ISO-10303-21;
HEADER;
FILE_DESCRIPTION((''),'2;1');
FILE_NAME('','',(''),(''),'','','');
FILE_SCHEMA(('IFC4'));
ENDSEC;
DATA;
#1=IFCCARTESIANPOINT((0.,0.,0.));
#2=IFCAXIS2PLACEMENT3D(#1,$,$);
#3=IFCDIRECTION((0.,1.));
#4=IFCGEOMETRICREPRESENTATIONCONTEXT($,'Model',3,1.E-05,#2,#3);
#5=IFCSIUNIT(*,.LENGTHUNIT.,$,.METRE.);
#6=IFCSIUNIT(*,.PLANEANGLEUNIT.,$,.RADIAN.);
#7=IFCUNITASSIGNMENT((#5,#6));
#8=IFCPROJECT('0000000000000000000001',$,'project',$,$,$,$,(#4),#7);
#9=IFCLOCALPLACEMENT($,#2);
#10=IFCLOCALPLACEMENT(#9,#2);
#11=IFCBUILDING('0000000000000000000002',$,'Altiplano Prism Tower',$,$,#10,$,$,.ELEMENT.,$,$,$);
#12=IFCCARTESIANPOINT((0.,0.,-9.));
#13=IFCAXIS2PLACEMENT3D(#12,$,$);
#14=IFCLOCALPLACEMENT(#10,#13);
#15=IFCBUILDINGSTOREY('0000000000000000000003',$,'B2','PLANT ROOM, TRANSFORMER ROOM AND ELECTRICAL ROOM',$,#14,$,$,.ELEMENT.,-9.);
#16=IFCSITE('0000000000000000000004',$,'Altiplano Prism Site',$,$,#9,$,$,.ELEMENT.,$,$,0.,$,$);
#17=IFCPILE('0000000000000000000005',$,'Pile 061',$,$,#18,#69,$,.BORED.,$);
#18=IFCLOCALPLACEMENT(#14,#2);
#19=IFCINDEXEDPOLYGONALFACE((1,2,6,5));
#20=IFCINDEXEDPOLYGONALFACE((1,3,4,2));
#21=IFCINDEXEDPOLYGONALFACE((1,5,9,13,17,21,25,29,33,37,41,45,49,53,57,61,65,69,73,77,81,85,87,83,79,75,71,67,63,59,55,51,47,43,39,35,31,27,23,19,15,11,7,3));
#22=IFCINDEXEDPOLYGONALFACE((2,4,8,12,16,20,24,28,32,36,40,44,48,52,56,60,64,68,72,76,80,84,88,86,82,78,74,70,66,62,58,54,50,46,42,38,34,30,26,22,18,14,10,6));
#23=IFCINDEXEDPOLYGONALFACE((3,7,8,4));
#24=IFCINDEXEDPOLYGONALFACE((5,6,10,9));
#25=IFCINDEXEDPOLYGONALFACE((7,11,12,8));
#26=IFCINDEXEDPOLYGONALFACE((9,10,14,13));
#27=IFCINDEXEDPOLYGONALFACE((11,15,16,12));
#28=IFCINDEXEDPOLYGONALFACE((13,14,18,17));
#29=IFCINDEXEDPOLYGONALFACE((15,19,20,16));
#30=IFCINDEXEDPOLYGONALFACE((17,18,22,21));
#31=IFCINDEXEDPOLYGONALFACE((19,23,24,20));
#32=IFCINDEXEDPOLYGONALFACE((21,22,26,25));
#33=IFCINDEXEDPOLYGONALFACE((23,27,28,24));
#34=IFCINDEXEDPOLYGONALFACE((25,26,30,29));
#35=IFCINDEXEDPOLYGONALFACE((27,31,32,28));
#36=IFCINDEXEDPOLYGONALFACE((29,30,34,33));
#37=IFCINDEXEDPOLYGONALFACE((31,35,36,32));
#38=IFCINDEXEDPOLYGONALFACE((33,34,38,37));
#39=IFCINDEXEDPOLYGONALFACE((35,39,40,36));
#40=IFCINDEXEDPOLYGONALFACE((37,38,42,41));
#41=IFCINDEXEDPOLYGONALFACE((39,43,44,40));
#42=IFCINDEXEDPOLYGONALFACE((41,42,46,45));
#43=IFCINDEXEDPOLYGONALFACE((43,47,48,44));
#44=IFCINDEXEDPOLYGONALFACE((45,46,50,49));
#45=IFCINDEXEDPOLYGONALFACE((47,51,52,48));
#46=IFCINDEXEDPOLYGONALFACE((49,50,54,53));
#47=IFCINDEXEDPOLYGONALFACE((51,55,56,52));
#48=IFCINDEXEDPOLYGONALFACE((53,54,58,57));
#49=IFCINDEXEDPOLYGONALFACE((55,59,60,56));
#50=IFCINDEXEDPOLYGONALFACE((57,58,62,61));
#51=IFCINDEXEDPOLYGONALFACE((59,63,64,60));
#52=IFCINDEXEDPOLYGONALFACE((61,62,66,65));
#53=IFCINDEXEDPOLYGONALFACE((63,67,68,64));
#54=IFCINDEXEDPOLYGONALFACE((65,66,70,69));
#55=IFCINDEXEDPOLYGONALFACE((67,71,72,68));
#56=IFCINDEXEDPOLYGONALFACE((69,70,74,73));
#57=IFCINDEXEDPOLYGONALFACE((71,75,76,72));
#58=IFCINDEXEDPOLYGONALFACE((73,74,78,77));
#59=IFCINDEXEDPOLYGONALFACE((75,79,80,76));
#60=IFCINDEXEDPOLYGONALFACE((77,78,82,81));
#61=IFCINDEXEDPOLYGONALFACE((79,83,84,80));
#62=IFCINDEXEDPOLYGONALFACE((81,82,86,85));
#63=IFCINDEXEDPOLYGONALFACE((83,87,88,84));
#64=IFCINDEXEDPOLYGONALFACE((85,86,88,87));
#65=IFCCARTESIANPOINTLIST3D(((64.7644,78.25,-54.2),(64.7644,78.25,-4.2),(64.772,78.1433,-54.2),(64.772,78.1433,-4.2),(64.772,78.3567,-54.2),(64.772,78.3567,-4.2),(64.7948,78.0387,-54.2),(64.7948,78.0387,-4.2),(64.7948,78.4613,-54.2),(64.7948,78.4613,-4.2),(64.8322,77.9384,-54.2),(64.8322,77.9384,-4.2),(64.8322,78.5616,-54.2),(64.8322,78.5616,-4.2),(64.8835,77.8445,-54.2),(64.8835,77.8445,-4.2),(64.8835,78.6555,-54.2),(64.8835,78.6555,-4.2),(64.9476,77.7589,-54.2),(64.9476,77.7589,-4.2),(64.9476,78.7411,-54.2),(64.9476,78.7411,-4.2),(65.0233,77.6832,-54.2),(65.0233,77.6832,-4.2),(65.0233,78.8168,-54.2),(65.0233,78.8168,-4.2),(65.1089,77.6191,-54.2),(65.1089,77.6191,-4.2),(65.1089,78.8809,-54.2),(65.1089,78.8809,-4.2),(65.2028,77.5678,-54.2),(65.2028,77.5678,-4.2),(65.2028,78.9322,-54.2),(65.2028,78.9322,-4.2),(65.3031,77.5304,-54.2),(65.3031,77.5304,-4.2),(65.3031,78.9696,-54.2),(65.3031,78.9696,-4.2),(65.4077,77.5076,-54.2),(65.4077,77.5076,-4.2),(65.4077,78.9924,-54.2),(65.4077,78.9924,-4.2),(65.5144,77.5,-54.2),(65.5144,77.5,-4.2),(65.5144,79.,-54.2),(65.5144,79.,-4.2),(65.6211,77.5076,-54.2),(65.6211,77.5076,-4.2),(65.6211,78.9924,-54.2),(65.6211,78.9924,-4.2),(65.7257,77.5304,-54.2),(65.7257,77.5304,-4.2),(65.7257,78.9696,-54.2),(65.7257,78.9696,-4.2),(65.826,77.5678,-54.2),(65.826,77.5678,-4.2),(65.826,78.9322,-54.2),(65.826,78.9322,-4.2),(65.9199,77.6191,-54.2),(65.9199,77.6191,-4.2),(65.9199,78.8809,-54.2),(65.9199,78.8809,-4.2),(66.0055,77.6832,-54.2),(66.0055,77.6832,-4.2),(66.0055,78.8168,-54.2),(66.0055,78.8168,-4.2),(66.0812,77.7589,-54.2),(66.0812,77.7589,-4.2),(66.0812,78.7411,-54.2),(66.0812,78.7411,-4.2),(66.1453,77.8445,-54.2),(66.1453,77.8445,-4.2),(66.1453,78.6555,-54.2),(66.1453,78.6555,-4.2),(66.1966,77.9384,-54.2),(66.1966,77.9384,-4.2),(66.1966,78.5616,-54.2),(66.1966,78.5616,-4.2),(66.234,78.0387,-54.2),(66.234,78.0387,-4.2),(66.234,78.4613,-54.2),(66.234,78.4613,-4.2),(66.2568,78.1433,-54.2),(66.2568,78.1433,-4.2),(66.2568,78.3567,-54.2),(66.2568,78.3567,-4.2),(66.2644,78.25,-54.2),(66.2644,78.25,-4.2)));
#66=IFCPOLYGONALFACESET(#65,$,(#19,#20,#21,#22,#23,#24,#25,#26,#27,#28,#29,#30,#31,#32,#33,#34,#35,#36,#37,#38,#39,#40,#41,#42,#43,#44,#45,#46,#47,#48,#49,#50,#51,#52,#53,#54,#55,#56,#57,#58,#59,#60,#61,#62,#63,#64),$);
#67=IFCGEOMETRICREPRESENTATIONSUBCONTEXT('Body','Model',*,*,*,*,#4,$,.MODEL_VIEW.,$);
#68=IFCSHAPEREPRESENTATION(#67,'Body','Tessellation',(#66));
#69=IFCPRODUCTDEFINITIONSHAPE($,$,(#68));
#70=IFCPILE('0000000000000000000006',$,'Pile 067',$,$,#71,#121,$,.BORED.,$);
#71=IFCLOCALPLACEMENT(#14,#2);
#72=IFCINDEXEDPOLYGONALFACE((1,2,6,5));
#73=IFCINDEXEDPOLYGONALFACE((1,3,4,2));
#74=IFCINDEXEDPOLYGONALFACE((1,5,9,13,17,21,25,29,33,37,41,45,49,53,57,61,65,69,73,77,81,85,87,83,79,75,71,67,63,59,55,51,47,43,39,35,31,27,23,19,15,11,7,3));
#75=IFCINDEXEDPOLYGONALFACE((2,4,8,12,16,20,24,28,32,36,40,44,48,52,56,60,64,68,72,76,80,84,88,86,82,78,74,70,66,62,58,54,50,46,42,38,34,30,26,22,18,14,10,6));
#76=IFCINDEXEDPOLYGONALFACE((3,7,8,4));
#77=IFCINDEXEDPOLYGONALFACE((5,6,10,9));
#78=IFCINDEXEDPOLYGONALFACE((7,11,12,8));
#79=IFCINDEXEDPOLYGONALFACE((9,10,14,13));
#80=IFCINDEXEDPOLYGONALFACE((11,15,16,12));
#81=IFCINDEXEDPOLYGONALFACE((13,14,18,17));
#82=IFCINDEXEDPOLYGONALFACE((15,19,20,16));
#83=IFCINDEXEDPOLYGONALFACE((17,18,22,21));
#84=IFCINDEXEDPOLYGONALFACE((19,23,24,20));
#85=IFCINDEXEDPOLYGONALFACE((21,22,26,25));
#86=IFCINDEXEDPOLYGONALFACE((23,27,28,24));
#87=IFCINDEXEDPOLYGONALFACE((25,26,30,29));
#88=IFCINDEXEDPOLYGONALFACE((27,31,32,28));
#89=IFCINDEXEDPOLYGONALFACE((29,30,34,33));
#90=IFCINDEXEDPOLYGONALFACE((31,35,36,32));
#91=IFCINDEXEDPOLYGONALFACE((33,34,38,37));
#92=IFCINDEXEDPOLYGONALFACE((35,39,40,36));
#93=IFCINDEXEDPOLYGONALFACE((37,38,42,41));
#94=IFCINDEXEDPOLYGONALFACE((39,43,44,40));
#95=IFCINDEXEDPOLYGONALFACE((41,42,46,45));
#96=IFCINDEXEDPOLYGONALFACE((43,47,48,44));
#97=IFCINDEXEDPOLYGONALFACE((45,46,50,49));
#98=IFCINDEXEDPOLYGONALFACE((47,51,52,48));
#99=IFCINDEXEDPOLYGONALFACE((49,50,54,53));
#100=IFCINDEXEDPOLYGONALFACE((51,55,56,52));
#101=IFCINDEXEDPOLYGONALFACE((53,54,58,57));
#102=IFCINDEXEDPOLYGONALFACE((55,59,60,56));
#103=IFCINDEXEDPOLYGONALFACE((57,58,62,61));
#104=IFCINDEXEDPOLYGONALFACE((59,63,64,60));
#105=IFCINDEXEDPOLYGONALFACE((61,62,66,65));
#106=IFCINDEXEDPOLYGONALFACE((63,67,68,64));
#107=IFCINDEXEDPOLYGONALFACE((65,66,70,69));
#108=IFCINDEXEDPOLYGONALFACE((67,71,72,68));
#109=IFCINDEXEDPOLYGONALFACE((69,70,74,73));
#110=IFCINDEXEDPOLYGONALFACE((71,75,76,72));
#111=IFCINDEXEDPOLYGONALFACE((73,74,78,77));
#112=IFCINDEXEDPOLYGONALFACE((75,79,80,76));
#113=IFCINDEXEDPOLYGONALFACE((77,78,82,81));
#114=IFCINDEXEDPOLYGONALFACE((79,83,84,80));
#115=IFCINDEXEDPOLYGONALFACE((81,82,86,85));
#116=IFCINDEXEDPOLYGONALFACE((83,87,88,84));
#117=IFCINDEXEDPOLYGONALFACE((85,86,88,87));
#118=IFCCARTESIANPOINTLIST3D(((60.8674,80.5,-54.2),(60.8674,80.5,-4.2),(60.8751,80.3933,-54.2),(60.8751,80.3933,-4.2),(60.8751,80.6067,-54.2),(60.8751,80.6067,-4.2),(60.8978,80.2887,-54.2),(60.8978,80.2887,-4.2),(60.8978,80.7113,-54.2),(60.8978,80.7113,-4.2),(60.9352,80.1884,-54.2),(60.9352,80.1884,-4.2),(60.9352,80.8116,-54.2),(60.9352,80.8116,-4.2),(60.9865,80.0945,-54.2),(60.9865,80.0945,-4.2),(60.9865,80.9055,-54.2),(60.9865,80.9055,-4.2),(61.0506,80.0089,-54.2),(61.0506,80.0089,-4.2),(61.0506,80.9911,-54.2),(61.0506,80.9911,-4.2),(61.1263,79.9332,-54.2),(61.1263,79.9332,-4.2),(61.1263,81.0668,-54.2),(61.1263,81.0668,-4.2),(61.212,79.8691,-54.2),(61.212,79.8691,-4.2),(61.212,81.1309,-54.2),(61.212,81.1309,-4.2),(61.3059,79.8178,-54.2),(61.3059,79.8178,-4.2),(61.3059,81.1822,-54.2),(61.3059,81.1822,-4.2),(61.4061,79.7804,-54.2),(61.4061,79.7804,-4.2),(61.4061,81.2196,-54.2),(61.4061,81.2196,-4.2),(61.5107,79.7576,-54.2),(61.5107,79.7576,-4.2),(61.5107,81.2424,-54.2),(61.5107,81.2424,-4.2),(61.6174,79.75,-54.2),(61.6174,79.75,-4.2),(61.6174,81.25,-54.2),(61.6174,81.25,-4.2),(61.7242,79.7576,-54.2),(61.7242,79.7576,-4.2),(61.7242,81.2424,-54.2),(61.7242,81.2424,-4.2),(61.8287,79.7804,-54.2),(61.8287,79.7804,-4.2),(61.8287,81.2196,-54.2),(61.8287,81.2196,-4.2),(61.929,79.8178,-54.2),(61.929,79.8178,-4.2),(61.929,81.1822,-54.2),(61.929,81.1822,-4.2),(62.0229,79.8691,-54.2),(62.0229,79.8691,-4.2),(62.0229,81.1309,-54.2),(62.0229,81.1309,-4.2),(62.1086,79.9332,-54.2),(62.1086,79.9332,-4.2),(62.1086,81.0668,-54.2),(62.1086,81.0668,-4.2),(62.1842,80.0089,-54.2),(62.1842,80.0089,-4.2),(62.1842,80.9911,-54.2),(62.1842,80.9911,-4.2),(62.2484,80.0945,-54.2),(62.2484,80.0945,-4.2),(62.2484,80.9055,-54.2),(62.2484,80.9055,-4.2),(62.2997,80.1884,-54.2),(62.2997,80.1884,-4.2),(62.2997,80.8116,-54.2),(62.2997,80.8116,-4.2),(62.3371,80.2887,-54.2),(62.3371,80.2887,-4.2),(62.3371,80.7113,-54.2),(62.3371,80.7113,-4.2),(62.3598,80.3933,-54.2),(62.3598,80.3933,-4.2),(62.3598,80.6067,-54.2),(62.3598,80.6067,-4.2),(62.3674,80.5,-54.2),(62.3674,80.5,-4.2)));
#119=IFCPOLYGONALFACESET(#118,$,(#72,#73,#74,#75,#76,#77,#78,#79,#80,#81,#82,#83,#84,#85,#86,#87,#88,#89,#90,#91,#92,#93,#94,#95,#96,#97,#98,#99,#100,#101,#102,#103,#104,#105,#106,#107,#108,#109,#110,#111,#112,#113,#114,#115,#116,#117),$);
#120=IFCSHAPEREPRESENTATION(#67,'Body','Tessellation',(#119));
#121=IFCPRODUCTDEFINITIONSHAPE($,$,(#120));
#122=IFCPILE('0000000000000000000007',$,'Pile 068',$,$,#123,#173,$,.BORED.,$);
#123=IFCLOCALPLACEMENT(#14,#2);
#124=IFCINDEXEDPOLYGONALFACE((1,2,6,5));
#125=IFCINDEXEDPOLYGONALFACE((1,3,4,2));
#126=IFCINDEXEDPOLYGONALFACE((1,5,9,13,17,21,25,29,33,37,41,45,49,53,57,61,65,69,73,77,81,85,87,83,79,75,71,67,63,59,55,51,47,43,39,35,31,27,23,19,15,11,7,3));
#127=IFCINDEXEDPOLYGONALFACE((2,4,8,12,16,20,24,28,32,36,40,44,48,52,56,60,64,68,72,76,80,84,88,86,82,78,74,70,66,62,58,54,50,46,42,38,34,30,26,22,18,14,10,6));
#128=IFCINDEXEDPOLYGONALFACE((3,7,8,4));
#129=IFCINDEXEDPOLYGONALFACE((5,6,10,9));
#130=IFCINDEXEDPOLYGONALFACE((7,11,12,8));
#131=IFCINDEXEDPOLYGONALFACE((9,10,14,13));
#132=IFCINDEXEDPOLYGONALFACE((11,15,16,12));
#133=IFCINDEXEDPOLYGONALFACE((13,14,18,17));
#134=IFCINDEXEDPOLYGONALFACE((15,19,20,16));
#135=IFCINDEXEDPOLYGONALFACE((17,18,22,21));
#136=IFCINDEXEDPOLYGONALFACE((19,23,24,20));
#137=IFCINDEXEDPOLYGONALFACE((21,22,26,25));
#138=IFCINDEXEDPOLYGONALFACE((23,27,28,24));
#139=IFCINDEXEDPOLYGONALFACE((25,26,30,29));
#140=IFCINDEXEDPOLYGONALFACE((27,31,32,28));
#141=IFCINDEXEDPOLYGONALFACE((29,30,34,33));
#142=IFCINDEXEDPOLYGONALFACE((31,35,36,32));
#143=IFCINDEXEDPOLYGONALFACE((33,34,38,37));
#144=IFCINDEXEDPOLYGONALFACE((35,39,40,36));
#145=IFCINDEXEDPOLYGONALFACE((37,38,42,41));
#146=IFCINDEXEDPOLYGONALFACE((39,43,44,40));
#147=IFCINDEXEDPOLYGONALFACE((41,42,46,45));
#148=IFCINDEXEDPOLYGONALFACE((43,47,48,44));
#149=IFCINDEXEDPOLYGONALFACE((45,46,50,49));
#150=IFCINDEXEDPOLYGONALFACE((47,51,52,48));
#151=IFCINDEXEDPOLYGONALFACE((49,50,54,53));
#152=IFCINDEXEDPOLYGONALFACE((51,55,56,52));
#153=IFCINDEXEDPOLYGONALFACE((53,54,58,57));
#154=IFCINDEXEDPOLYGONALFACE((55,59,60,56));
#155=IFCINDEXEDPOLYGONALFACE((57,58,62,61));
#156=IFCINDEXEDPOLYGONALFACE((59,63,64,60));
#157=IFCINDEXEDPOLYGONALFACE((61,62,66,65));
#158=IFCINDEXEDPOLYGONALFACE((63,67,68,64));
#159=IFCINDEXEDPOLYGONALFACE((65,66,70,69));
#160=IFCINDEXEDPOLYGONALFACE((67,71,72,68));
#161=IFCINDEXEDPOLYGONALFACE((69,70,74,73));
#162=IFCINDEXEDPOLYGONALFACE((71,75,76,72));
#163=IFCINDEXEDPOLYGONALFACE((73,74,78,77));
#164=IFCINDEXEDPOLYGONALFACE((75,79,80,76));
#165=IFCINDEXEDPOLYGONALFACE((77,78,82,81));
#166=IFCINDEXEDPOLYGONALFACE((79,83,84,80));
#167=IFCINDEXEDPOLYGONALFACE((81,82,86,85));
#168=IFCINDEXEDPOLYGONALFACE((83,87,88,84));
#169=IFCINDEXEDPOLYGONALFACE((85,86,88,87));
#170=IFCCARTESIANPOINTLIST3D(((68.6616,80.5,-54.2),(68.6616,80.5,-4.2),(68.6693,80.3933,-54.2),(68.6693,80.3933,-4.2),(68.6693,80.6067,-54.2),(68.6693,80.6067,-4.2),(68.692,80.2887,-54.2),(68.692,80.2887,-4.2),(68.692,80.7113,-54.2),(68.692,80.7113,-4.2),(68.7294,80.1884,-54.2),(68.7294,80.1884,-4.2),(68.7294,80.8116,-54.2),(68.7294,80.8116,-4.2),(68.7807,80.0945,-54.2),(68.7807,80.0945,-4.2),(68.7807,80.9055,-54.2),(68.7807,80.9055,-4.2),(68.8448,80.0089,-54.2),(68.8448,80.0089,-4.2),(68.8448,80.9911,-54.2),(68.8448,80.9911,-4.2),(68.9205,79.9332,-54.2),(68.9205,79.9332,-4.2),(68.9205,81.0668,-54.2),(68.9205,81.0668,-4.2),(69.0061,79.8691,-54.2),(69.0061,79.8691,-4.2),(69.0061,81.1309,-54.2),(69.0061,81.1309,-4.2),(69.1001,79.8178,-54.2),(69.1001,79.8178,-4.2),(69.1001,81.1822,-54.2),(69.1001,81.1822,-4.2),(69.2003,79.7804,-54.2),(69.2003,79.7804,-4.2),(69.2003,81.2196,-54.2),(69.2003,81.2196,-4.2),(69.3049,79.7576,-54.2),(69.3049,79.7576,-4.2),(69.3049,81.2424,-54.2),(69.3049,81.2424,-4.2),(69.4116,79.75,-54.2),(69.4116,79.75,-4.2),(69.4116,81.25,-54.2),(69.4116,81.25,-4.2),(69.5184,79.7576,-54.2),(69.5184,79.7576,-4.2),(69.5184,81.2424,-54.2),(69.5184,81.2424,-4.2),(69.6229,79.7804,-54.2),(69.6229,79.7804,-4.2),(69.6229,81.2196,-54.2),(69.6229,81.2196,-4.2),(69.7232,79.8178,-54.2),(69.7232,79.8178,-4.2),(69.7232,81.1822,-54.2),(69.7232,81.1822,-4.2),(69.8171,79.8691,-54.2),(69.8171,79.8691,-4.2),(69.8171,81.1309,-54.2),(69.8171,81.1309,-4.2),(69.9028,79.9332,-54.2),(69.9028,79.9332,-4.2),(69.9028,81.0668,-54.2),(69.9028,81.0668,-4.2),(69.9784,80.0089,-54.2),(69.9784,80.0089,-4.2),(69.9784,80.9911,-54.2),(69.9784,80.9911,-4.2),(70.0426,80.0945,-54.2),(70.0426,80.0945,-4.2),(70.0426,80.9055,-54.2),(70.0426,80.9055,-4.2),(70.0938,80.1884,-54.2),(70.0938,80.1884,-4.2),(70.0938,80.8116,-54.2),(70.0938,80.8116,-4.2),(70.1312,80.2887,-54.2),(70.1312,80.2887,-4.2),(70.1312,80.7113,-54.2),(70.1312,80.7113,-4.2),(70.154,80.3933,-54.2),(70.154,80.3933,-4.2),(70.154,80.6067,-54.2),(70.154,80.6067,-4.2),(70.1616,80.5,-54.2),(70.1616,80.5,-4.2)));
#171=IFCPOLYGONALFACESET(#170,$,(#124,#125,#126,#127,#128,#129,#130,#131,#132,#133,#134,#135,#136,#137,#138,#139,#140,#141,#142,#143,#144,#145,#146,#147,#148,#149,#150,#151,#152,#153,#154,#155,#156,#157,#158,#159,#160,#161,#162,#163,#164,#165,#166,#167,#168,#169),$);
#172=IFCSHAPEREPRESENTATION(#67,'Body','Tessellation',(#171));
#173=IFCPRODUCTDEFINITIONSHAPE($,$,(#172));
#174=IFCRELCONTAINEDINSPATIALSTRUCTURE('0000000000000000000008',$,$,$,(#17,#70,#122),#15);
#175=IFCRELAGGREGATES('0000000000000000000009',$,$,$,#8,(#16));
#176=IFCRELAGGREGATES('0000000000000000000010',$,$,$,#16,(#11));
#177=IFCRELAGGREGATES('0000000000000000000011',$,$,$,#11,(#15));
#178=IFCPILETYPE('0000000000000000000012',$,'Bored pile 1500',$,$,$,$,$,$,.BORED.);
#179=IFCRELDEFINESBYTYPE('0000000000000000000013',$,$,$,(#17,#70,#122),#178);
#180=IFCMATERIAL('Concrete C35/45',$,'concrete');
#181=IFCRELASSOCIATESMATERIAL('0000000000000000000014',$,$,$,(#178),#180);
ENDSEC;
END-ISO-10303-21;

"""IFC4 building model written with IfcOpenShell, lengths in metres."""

from ifc_helpers import new_model, si_unit, direction, frame, origin, origin_2d, place, context, subcontext, project, spatial, circle, extrude, material, material_profile, profile_set, type_object, element, save


model = new_model("IFC4")

# Units and contexts
model_context = context("Model", 3, precision=1e-05, world=origin(), true_north=direction((0.0, 1.0)))
body_context = subcontext(model_context, "Body", "Model", "MODEL_VIEW")
ifc_project = project(units=[si_unit("LENGTHUNIT", "METRE"), si_unit("PLANEANGLEUNIT", "RADIAN")], contexts=[model_context])

# Site, building, storey
site_placement = place(None, origin())
site = spatial("IfcSite", under=ifc_project, at=site_placement, Name="Altiplano Prism Site", CompositionType="ELEMENT", RefElevation=0.0)
building_placement = place(site_placement, origin())
building = spatial("IfcBuilding", under=site, at=building_placement, Name="Altiplano Prism Tower", CompositionType="ELEMENT")
storey_placement = place(building_placement, frame((0.0, 0.0, -9.0)))
storey = spatial("IfcBuildingStorey", under=building, at=storey_placement, Name="B2", Description="PLANT ROOM, TRANSFORMER ROOM AND ELECTRICAL ROOM", CompositionType="ELEMENT", Elevation=-9.0)

# Piles
ifc_material_1 = material(Name="Concrete C35/45", Category="concrete")
ifc_material_profile_1 = material_profile(ifc_material_1, circle(Radius=0.75, at=origin_2d()), Name="Bored pile 1500")
ifc_profile_set_1 = profile_set([ifc_material_profile_1], Name="Concrete C35/45")
pile_type = type_object("IfcPileType", Name="Bored pile 1500", PredefinedType="BORED", material=ifc_profile_set_1)
for number, where, z_axis, x_axis, name in (
    (1, (65.5144, 78.25, -4.2), (0.0, 0.0, -1.0), (1.0, 0.0, 0.0), "Pile 061"),
    (2, (61.6174, 80.5, -4.2), (0.0, 0.0, -1.0), (1.0, 0.0, 0.0), "Pile 067"),
    (3, (69.4116, 80.5, -4.2), (0.0, 0.0, -1.0), (1.0, 0.0, 0.0), "Pile 068"),
):
    element("IfcPile", number, at=place(storey_placement, frame(where, z_axis=z_axis, x_axis=x_axis)), inside=storey, type_object=pile_type, Name=name, PredefinedType="BORED", context=body_context, shape_type="SweptSolid", body=[
        extrude(circle(Radius=0.75, at=origin_2d()), origin(), (0.0, 0.0, 1.0), 50.0),
    ])

save(model, "model.ifc")
